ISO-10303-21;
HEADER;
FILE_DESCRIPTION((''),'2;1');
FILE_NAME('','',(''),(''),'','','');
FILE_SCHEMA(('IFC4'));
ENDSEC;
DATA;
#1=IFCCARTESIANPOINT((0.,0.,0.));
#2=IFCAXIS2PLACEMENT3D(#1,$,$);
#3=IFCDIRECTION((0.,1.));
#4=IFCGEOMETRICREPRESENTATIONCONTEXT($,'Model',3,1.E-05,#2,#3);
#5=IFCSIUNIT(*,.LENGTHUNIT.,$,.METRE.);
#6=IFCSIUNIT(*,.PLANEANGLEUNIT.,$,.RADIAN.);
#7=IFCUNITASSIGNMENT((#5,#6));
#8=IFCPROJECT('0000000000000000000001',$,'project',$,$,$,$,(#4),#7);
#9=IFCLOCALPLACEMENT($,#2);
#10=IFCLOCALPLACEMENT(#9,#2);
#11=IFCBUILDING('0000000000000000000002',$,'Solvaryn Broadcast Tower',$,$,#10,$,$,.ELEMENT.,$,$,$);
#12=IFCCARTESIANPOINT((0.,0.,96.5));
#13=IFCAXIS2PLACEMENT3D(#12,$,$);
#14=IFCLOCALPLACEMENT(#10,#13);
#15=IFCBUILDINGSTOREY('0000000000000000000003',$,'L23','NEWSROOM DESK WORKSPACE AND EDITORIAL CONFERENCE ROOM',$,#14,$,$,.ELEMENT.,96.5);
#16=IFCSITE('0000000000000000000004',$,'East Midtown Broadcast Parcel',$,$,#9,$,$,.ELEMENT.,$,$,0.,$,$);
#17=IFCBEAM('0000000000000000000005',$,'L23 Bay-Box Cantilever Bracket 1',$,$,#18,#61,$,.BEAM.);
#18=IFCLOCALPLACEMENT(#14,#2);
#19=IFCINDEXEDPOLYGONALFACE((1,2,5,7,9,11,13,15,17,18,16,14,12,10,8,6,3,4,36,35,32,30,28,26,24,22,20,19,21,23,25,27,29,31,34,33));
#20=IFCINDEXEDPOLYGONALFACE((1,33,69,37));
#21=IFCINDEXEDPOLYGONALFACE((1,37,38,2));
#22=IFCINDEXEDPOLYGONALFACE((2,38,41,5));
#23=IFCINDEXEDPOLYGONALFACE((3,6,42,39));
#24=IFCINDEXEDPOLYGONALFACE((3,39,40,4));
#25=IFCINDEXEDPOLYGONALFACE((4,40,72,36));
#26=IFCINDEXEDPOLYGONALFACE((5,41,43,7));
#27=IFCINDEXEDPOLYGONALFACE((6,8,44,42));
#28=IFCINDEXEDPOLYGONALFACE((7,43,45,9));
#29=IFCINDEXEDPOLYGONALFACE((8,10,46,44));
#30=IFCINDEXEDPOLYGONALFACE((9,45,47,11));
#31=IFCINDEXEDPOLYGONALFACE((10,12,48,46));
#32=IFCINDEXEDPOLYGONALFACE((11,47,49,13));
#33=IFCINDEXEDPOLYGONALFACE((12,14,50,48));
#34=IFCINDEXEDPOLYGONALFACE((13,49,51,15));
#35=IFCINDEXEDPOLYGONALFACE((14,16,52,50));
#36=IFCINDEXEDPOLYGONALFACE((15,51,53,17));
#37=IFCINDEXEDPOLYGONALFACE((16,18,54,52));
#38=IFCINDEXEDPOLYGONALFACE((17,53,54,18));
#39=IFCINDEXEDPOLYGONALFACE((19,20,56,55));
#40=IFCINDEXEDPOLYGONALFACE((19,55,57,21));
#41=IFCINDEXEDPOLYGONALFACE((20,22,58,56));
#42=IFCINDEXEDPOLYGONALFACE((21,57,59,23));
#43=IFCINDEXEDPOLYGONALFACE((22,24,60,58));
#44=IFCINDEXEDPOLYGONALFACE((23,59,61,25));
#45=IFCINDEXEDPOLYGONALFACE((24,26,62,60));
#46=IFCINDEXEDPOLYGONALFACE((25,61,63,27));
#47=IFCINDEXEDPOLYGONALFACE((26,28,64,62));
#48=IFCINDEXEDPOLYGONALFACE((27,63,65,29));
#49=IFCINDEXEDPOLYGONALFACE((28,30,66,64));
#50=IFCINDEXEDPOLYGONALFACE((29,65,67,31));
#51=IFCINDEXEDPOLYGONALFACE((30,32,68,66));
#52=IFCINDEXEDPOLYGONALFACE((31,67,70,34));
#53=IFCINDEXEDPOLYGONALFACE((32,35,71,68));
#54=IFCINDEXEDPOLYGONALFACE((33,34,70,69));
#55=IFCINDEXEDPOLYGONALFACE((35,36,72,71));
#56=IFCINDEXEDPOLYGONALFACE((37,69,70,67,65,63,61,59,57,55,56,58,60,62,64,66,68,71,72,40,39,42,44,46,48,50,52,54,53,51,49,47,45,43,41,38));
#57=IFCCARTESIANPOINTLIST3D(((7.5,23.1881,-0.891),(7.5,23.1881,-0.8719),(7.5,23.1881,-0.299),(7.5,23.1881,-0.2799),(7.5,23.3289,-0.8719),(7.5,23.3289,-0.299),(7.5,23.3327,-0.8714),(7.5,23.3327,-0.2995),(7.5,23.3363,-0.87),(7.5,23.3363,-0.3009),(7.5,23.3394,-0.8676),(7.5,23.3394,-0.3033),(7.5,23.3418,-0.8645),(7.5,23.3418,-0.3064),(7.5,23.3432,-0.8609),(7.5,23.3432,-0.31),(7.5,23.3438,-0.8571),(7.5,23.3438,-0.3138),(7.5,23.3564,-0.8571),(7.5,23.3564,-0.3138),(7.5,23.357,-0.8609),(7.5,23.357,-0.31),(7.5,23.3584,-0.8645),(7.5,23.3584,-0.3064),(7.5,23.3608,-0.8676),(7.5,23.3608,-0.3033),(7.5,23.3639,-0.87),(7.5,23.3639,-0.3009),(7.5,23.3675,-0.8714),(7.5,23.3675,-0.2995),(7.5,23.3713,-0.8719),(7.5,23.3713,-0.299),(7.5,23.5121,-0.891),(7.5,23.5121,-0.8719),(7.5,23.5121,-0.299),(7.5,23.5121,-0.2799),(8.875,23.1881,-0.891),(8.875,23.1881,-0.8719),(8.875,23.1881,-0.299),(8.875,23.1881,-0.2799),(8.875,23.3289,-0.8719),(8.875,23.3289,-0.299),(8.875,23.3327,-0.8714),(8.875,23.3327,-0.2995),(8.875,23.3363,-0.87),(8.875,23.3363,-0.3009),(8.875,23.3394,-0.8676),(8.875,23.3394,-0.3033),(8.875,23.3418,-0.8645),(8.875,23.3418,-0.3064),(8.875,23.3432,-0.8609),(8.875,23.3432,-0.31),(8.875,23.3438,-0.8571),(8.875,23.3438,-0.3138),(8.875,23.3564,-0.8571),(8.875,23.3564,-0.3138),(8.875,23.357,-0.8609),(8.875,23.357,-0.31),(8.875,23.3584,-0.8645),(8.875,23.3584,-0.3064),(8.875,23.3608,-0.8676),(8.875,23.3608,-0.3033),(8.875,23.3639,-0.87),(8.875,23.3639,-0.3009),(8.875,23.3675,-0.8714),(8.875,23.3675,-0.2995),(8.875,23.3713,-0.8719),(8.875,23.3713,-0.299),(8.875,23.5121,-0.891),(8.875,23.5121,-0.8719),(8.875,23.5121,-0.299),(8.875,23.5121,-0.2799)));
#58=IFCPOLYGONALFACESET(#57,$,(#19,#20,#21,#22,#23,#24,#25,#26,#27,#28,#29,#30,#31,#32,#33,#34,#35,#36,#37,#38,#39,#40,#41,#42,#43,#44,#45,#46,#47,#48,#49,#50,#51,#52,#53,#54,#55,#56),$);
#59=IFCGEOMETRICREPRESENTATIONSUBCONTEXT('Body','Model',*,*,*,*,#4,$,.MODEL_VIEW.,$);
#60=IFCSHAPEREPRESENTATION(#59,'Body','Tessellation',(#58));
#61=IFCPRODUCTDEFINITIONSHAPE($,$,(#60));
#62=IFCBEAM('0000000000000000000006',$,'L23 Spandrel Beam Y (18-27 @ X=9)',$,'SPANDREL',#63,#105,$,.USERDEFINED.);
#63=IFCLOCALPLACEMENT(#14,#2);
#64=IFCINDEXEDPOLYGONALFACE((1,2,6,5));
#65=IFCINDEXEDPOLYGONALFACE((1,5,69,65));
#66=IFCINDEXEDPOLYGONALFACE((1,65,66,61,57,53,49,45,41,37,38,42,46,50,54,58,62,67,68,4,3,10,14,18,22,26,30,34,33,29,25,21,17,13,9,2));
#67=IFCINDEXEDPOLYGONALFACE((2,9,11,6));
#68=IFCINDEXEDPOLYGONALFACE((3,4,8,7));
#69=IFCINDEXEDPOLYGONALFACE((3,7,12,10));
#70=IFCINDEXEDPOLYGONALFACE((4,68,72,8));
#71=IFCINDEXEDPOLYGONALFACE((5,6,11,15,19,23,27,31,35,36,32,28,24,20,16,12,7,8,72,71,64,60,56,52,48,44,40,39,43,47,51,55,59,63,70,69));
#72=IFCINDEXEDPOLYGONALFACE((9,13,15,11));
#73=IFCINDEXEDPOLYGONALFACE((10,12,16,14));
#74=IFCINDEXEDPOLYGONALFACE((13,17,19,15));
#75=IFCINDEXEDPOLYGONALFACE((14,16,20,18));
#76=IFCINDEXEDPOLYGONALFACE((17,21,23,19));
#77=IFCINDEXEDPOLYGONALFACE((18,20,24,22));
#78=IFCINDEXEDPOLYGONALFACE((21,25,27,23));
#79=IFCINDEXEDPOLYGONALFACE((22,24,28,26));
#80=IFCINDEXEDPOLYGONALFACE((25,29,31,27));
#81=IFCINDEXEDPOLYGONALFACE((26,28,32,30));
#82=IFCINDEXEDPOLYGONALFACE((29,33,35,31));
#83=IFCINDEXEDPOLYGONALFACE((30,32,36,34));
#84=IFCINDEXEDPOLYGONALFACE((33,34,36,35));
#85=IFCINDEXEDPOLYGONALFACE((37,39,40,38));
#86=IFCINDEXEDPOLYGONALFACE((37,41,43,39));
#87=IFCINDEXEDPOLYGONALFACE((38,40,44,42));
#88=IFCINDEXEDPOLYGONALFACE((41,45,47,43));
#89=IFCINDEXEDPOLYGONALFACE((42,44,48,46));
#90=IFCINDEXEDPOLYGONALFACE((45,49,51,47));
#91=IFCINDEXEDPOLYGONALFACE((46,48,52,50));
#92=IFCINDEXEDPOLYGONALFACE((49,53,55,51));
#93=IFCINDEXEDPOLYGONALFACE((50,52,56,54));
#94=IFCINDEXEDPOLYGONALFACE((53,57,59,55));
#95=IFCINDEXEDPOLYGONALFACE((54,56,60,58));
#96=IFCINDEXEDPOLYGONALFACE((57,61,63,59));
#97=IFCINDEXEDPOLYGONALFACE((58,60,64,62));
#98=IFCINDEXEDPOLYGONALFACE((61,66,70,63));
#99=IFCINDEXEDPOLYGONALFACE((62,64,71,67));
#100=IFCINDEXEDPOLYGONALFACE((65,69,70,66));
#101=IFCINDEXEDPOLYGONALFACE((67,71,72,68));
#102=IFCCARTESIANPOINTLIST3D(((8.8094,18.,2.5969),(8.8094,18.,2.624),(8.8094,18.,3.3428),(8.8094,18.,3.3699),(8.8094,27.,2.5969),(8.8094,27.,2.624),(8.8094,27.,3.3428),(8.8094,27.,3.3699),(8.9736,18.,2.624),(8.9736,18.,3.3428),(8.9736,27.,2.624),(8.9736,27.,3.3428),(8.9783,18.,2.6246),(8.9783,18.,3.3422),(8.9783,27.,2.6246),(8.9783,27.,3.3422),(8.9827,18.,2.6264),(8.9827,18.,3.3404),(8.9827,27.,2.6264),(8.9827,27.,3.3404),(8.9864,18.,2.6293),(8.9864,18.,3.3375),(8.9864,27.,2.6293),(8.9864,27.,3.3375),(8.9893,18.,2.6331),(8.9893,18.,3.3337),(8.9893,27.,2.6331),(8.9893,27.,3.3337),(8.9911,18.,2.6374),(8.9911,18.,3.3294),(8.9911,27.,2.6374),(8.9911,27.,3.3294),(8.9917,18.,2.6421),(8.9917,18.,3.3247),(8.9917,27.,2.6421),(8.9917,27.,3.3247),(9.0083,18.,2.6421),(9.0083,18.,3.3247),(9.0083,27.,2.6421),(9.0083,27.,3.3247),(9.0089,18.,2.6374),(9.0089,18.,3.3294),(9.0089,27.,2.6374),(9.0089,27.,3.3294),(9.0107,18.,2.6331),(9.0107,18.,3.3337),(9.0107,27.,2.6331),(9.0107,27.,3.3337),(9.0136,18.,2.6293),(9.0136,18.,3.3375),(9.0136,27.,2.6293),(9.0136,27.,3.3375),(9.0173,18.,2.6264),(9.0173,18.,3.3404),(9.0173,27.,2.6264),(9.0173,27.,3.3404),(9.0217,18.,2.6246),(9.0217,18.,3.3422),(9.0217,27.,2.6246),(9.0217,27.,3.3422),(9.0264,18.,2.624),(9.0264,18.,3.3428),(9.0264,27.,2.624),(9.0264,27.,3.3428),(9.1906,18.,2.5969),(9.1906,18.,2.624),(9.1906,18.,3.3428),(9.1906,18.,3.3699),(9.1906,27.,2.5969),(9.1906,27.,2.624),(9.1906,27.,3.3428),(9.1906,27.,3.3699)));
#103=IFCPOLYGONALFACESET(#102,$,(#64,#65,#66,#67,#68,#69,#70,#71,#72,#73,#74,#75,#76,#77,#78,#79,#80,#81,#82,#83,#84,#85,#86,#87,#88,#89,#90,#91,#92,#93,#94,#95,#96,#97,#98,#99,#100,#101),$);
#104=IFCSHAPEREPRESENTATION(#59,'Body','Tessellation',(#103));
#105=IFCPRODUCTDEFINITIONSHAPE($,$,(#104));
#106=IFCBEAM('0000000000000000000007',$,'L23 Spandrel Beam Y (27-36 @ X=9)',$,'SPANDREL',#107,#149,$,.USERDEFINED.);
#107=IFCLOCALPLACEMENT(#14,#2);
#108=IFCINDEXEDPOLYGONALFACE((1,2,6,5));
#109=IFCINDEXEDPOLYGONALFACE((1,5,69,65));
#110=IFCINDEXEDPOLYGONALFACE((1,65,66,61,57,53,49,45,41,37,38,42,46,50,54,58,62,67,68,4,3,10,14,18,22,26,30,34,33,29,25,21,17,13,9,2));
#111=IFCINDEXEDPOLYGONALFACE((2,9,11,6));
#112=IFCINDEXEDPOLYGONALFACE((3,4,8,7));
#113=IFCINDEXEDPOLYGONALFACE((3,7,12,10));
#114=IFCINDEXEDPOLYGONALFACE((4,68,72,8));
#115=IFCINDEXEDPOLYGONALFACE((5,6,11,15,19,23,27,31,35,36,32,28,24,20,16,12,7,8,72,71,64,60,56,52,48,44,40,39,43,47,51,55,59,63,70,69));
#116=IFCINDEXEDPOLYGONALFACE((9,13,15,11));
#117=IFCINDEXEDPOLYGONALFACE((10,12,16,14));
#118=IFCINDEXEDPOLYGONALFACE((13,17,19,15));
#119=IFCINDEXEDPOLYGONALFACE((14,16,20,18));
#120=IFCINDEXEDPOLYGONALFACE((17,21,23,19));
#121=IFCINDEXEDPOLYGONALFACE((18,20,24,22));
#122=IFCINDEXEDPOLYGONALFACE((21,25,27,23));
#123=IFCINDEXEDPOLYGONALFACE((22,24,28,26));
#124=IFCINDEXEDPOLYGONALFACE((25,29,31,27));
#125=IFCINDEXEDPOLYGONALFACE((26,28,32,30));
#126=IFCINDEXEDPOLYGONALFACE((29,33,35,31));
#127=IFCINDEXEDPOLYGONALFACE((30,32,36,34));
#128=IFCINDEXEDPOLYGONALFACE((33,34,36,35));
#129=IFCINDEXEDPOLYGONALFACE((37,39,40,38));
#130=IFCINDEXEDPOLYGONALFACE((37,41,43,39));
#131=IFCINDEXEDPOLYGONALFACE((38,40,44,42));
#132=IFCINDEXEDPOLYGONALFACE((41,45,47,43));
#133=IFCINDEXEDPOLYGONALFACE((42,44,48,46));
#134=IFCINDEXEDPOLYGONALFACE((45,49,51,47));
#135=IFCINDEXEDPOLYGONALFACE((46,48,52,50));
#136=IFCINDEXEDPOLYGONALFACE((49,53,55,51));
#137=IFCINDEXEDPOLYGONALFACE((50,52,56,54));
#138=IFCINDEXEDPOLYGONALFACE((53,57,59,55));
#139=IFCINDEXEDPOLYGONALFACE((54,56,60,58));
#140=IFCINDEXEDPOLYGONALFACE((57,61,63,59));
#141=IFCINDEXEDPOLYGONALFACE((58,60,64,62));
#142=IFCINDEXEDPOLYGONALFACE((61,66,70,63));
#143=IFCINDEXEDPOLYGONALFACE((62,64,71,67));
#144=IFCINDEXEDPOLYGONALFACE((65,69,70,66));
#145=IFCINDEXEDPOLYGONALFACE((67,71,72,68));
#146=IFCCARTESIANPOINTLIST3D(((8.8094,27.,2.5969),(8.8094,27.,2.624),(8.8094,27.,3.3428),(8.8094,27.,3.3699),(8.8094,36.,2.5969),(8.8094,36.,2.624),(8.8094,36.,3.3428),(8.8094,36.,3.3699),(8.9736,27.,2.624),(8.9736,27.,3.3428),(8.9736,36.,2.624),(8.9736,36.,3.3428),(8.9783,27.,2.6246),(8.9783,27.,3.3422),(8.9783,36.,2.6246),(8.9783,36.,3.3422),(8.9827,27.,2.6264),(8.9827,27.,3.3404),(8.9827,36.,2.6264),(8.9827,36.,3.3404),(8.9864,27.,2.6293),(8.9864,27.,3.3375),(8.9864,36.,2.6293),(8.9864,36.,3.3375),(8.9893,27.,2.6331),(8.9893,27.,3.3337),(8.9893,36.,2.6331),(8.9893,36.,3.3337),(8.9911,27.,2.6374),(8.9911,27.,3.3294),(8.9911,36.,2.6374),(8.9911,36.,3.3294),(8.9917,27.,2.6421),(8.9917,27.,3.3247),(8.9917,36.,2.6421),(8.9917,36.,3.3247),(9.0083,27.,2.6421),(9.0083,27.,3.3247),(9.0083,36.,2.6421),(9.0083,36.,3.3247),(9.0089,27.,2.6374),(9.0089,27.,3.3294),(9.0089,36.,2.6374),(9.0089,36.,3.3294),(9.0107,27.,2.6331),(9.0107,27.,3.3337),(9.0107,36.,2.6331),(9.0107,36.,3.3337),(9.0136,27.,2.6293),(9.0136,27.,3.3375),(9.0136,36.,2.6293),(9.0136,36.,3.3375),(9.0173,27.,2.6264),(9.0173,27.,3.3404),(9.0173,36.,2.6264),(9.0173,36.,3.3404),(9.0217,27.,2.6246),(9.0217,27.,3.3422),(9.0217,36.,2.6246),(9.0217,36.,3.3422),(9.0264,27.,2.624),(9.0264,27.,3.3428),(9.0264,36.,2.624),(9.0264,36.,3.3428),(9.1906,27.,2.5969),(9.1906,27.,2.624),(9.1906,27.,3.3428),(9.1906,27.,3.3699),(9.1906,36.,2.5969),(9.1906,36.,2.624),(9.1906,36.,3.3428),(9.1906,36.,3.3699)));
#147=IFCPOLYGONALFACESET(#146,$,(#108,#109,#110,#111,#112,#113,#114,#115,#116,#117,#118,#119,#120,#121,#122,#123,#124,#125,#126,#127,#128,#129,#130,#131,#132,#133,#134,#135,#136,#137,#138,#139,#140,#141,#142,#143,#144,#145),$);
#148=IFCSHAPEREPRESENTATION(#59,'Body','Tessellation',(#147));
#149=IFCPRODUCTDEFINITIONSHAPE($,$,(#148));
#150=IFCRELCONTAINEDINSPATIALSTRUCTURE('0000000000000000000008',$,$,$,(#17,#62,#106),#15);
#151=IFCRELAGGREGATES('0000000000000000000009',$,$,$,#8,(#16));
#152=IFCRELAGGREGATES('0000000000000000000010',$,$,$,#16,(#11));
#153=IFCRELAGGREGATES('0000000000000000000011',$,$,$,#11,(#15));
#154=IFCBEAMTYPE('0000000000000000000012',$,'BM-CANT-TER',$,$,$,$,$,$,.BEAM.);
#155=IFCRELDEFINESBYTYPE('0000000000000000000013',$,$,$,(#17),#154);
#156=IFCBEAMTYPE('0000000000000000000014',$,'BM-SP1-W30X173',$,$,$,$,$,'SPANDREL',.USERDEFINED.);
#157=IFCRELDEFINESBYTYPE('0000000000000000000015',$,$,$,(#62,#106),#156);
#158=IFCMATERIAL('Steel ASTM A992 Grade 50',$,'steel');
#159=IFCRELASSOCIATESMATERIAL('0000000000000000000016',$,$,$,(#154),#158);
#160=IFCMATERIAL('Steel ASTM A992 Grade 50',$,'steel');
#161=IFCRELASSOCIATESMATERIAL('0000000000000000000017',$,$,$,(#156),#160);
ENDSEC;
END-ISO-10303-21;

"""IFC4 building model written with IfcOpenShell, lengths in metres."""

from ifc_helpers import new_model, si_unit, direction, frame, origin, origin_2d, place, context, subcontext, project, spatial, i_section, extrude, material, material_profile, profile_set, type_object, element, save


model = new_model("IFC4")

# Units and contexts
model_context = context("Model", 3, precision=1e-05, world=origin(), true_north=direction((0.0, 1.0)))
body_context = subcontext(model_context, "Body", "Model", "MODEL_VIEW")
ifc_project = project(units=[si_unit("LENGTHUNIT", "METRE"), si_unit("PLANEANGLEUNIT", "RADIAN")], contexts=[model_context])

# Site, building, storey
site_placement = place(None, origin())
site = spatial("IfcSite", under=ifc_project, at=site_placement, Name="East Midtown Broadcast Parcel", CompositionType="ELEMENT", RefElevation=0.0)
building_placement = place(site_placement, origin())
building = spatial("IfcBuilding", under=site, at=building_placement, Name="Solvaryn Broadcast Tower", CompositionType="ELEMENT")
storey_placement = place(building_placement, frame((0.0, 0.0, 96.5)))
storey = spatial("IfcBuildingStorey", under=building, at=storey_placement, Name="L23", Description="NEWSROOM DESK WORKSPACE AND EDITORIAL CONFERENCE ROOM", CompositionType="ELEMENT", Elevation=96.5)

# Beams
ifc_material_1 = material(Name="Steel ASTM A992 Grade 50", Category="steel")
ifc_material_profile_1 = material_profile(ifc_material_1, i_section(OverallWidth=0.324, OverallDepth=0.6111, WebThickness=0.0127, FlangeThickness=0.019, FilletRadius=0.0149, at=origin_2d()))
ifc_profile_set_1 = profile_set([ifc_material_profile_1], Name="Steel ASTM A992 Grade 50")
beam_type_1 = type_object("IfcBeamType", Name="BM-CANT-TER", PredefinedType="BEAM", material=ifc_profile_set_1)
beam_placement = place(storey_placement, frame((8.875, 23.3501, -0.5854), z_axis=(-1.0, 0.0, 0.0), x_axis=(0.0, -1.0, 0.0)))
element("IfcBeam", 1, at=beam_placement, inside=storey, type_object=beam_type_1, Name="L23 Bay-Box Cantilever Bracket 1", PredefinedType="BEAM", context=body_context, shape_type="SweptSolid", body=[
    extrude(i_section(OverallWidth=0.324, OverallDepth=0.6111, WebThickness=0.0127, FlangeThickness=0.019, FilletRadius=0.0149, at=origin_2d()), origin(), (0.0, 0.0, 1.0), 1.375),
])
ifc_material_2 = material(Name="Steel ASTM A992 Grade 50", Category="steel")
ifc_material_profile_2 = material_profile(ifc_material_2, i_section(OverallWidth=0.3811, OverallDepth=0.7729, WebThickness=0.0166, FlangeThickness=0.0271, FilletRadius=0.0181, at=origin_2d()))
ifc_profile_set_2 = profile_set([ifc_material_profile_2], Name="Steel ASTM A992 Grade 50")
beam_type_2 = type_object("IfcBeamType", Name="BM-SP1-W30X173", ElementType="SPANDREL", PredefinedType="USERDEFINED", material=ifc_profile_set_2)
for number, where, z_axis, x_axis, name in (
    (2, (9.0, 18.0, 2.9834), (0.0, 1.0, 0.0), (-1.0, 0.0, 0.0), "L23 Spandrel Beam Y (18-27 @ X=9)"),
    (3, (9.0, 27.0, 2.9834), (0.0, 1.0, 0.0), (-1.0, 0.0, 0.0), "L23 Spandrel Beam Y (27-36 @ X=9)"),
):
    element("IfcBeam", number, at=place(storey_placement, frame(where, z_axis=z_axis, x_axis=x_axis)), inside=storey, type_object=beam_type_2, Name=name, ObjectType="SPANDREL", PredefinedType="USERDEFINED", context=body_context, shape_type="SweptSolid", body=[
        extrude(i_section(OverallWidth=0.3811, OverallDepth=0.7729, WebThickness=0.0166, FlangeThickness=0.0271, FilletRadius=0.0181, at=origin_2d()), origin(), (0.0, 0.0, 1.0), 9.0),
    ])

save(model, "model.ifc")
